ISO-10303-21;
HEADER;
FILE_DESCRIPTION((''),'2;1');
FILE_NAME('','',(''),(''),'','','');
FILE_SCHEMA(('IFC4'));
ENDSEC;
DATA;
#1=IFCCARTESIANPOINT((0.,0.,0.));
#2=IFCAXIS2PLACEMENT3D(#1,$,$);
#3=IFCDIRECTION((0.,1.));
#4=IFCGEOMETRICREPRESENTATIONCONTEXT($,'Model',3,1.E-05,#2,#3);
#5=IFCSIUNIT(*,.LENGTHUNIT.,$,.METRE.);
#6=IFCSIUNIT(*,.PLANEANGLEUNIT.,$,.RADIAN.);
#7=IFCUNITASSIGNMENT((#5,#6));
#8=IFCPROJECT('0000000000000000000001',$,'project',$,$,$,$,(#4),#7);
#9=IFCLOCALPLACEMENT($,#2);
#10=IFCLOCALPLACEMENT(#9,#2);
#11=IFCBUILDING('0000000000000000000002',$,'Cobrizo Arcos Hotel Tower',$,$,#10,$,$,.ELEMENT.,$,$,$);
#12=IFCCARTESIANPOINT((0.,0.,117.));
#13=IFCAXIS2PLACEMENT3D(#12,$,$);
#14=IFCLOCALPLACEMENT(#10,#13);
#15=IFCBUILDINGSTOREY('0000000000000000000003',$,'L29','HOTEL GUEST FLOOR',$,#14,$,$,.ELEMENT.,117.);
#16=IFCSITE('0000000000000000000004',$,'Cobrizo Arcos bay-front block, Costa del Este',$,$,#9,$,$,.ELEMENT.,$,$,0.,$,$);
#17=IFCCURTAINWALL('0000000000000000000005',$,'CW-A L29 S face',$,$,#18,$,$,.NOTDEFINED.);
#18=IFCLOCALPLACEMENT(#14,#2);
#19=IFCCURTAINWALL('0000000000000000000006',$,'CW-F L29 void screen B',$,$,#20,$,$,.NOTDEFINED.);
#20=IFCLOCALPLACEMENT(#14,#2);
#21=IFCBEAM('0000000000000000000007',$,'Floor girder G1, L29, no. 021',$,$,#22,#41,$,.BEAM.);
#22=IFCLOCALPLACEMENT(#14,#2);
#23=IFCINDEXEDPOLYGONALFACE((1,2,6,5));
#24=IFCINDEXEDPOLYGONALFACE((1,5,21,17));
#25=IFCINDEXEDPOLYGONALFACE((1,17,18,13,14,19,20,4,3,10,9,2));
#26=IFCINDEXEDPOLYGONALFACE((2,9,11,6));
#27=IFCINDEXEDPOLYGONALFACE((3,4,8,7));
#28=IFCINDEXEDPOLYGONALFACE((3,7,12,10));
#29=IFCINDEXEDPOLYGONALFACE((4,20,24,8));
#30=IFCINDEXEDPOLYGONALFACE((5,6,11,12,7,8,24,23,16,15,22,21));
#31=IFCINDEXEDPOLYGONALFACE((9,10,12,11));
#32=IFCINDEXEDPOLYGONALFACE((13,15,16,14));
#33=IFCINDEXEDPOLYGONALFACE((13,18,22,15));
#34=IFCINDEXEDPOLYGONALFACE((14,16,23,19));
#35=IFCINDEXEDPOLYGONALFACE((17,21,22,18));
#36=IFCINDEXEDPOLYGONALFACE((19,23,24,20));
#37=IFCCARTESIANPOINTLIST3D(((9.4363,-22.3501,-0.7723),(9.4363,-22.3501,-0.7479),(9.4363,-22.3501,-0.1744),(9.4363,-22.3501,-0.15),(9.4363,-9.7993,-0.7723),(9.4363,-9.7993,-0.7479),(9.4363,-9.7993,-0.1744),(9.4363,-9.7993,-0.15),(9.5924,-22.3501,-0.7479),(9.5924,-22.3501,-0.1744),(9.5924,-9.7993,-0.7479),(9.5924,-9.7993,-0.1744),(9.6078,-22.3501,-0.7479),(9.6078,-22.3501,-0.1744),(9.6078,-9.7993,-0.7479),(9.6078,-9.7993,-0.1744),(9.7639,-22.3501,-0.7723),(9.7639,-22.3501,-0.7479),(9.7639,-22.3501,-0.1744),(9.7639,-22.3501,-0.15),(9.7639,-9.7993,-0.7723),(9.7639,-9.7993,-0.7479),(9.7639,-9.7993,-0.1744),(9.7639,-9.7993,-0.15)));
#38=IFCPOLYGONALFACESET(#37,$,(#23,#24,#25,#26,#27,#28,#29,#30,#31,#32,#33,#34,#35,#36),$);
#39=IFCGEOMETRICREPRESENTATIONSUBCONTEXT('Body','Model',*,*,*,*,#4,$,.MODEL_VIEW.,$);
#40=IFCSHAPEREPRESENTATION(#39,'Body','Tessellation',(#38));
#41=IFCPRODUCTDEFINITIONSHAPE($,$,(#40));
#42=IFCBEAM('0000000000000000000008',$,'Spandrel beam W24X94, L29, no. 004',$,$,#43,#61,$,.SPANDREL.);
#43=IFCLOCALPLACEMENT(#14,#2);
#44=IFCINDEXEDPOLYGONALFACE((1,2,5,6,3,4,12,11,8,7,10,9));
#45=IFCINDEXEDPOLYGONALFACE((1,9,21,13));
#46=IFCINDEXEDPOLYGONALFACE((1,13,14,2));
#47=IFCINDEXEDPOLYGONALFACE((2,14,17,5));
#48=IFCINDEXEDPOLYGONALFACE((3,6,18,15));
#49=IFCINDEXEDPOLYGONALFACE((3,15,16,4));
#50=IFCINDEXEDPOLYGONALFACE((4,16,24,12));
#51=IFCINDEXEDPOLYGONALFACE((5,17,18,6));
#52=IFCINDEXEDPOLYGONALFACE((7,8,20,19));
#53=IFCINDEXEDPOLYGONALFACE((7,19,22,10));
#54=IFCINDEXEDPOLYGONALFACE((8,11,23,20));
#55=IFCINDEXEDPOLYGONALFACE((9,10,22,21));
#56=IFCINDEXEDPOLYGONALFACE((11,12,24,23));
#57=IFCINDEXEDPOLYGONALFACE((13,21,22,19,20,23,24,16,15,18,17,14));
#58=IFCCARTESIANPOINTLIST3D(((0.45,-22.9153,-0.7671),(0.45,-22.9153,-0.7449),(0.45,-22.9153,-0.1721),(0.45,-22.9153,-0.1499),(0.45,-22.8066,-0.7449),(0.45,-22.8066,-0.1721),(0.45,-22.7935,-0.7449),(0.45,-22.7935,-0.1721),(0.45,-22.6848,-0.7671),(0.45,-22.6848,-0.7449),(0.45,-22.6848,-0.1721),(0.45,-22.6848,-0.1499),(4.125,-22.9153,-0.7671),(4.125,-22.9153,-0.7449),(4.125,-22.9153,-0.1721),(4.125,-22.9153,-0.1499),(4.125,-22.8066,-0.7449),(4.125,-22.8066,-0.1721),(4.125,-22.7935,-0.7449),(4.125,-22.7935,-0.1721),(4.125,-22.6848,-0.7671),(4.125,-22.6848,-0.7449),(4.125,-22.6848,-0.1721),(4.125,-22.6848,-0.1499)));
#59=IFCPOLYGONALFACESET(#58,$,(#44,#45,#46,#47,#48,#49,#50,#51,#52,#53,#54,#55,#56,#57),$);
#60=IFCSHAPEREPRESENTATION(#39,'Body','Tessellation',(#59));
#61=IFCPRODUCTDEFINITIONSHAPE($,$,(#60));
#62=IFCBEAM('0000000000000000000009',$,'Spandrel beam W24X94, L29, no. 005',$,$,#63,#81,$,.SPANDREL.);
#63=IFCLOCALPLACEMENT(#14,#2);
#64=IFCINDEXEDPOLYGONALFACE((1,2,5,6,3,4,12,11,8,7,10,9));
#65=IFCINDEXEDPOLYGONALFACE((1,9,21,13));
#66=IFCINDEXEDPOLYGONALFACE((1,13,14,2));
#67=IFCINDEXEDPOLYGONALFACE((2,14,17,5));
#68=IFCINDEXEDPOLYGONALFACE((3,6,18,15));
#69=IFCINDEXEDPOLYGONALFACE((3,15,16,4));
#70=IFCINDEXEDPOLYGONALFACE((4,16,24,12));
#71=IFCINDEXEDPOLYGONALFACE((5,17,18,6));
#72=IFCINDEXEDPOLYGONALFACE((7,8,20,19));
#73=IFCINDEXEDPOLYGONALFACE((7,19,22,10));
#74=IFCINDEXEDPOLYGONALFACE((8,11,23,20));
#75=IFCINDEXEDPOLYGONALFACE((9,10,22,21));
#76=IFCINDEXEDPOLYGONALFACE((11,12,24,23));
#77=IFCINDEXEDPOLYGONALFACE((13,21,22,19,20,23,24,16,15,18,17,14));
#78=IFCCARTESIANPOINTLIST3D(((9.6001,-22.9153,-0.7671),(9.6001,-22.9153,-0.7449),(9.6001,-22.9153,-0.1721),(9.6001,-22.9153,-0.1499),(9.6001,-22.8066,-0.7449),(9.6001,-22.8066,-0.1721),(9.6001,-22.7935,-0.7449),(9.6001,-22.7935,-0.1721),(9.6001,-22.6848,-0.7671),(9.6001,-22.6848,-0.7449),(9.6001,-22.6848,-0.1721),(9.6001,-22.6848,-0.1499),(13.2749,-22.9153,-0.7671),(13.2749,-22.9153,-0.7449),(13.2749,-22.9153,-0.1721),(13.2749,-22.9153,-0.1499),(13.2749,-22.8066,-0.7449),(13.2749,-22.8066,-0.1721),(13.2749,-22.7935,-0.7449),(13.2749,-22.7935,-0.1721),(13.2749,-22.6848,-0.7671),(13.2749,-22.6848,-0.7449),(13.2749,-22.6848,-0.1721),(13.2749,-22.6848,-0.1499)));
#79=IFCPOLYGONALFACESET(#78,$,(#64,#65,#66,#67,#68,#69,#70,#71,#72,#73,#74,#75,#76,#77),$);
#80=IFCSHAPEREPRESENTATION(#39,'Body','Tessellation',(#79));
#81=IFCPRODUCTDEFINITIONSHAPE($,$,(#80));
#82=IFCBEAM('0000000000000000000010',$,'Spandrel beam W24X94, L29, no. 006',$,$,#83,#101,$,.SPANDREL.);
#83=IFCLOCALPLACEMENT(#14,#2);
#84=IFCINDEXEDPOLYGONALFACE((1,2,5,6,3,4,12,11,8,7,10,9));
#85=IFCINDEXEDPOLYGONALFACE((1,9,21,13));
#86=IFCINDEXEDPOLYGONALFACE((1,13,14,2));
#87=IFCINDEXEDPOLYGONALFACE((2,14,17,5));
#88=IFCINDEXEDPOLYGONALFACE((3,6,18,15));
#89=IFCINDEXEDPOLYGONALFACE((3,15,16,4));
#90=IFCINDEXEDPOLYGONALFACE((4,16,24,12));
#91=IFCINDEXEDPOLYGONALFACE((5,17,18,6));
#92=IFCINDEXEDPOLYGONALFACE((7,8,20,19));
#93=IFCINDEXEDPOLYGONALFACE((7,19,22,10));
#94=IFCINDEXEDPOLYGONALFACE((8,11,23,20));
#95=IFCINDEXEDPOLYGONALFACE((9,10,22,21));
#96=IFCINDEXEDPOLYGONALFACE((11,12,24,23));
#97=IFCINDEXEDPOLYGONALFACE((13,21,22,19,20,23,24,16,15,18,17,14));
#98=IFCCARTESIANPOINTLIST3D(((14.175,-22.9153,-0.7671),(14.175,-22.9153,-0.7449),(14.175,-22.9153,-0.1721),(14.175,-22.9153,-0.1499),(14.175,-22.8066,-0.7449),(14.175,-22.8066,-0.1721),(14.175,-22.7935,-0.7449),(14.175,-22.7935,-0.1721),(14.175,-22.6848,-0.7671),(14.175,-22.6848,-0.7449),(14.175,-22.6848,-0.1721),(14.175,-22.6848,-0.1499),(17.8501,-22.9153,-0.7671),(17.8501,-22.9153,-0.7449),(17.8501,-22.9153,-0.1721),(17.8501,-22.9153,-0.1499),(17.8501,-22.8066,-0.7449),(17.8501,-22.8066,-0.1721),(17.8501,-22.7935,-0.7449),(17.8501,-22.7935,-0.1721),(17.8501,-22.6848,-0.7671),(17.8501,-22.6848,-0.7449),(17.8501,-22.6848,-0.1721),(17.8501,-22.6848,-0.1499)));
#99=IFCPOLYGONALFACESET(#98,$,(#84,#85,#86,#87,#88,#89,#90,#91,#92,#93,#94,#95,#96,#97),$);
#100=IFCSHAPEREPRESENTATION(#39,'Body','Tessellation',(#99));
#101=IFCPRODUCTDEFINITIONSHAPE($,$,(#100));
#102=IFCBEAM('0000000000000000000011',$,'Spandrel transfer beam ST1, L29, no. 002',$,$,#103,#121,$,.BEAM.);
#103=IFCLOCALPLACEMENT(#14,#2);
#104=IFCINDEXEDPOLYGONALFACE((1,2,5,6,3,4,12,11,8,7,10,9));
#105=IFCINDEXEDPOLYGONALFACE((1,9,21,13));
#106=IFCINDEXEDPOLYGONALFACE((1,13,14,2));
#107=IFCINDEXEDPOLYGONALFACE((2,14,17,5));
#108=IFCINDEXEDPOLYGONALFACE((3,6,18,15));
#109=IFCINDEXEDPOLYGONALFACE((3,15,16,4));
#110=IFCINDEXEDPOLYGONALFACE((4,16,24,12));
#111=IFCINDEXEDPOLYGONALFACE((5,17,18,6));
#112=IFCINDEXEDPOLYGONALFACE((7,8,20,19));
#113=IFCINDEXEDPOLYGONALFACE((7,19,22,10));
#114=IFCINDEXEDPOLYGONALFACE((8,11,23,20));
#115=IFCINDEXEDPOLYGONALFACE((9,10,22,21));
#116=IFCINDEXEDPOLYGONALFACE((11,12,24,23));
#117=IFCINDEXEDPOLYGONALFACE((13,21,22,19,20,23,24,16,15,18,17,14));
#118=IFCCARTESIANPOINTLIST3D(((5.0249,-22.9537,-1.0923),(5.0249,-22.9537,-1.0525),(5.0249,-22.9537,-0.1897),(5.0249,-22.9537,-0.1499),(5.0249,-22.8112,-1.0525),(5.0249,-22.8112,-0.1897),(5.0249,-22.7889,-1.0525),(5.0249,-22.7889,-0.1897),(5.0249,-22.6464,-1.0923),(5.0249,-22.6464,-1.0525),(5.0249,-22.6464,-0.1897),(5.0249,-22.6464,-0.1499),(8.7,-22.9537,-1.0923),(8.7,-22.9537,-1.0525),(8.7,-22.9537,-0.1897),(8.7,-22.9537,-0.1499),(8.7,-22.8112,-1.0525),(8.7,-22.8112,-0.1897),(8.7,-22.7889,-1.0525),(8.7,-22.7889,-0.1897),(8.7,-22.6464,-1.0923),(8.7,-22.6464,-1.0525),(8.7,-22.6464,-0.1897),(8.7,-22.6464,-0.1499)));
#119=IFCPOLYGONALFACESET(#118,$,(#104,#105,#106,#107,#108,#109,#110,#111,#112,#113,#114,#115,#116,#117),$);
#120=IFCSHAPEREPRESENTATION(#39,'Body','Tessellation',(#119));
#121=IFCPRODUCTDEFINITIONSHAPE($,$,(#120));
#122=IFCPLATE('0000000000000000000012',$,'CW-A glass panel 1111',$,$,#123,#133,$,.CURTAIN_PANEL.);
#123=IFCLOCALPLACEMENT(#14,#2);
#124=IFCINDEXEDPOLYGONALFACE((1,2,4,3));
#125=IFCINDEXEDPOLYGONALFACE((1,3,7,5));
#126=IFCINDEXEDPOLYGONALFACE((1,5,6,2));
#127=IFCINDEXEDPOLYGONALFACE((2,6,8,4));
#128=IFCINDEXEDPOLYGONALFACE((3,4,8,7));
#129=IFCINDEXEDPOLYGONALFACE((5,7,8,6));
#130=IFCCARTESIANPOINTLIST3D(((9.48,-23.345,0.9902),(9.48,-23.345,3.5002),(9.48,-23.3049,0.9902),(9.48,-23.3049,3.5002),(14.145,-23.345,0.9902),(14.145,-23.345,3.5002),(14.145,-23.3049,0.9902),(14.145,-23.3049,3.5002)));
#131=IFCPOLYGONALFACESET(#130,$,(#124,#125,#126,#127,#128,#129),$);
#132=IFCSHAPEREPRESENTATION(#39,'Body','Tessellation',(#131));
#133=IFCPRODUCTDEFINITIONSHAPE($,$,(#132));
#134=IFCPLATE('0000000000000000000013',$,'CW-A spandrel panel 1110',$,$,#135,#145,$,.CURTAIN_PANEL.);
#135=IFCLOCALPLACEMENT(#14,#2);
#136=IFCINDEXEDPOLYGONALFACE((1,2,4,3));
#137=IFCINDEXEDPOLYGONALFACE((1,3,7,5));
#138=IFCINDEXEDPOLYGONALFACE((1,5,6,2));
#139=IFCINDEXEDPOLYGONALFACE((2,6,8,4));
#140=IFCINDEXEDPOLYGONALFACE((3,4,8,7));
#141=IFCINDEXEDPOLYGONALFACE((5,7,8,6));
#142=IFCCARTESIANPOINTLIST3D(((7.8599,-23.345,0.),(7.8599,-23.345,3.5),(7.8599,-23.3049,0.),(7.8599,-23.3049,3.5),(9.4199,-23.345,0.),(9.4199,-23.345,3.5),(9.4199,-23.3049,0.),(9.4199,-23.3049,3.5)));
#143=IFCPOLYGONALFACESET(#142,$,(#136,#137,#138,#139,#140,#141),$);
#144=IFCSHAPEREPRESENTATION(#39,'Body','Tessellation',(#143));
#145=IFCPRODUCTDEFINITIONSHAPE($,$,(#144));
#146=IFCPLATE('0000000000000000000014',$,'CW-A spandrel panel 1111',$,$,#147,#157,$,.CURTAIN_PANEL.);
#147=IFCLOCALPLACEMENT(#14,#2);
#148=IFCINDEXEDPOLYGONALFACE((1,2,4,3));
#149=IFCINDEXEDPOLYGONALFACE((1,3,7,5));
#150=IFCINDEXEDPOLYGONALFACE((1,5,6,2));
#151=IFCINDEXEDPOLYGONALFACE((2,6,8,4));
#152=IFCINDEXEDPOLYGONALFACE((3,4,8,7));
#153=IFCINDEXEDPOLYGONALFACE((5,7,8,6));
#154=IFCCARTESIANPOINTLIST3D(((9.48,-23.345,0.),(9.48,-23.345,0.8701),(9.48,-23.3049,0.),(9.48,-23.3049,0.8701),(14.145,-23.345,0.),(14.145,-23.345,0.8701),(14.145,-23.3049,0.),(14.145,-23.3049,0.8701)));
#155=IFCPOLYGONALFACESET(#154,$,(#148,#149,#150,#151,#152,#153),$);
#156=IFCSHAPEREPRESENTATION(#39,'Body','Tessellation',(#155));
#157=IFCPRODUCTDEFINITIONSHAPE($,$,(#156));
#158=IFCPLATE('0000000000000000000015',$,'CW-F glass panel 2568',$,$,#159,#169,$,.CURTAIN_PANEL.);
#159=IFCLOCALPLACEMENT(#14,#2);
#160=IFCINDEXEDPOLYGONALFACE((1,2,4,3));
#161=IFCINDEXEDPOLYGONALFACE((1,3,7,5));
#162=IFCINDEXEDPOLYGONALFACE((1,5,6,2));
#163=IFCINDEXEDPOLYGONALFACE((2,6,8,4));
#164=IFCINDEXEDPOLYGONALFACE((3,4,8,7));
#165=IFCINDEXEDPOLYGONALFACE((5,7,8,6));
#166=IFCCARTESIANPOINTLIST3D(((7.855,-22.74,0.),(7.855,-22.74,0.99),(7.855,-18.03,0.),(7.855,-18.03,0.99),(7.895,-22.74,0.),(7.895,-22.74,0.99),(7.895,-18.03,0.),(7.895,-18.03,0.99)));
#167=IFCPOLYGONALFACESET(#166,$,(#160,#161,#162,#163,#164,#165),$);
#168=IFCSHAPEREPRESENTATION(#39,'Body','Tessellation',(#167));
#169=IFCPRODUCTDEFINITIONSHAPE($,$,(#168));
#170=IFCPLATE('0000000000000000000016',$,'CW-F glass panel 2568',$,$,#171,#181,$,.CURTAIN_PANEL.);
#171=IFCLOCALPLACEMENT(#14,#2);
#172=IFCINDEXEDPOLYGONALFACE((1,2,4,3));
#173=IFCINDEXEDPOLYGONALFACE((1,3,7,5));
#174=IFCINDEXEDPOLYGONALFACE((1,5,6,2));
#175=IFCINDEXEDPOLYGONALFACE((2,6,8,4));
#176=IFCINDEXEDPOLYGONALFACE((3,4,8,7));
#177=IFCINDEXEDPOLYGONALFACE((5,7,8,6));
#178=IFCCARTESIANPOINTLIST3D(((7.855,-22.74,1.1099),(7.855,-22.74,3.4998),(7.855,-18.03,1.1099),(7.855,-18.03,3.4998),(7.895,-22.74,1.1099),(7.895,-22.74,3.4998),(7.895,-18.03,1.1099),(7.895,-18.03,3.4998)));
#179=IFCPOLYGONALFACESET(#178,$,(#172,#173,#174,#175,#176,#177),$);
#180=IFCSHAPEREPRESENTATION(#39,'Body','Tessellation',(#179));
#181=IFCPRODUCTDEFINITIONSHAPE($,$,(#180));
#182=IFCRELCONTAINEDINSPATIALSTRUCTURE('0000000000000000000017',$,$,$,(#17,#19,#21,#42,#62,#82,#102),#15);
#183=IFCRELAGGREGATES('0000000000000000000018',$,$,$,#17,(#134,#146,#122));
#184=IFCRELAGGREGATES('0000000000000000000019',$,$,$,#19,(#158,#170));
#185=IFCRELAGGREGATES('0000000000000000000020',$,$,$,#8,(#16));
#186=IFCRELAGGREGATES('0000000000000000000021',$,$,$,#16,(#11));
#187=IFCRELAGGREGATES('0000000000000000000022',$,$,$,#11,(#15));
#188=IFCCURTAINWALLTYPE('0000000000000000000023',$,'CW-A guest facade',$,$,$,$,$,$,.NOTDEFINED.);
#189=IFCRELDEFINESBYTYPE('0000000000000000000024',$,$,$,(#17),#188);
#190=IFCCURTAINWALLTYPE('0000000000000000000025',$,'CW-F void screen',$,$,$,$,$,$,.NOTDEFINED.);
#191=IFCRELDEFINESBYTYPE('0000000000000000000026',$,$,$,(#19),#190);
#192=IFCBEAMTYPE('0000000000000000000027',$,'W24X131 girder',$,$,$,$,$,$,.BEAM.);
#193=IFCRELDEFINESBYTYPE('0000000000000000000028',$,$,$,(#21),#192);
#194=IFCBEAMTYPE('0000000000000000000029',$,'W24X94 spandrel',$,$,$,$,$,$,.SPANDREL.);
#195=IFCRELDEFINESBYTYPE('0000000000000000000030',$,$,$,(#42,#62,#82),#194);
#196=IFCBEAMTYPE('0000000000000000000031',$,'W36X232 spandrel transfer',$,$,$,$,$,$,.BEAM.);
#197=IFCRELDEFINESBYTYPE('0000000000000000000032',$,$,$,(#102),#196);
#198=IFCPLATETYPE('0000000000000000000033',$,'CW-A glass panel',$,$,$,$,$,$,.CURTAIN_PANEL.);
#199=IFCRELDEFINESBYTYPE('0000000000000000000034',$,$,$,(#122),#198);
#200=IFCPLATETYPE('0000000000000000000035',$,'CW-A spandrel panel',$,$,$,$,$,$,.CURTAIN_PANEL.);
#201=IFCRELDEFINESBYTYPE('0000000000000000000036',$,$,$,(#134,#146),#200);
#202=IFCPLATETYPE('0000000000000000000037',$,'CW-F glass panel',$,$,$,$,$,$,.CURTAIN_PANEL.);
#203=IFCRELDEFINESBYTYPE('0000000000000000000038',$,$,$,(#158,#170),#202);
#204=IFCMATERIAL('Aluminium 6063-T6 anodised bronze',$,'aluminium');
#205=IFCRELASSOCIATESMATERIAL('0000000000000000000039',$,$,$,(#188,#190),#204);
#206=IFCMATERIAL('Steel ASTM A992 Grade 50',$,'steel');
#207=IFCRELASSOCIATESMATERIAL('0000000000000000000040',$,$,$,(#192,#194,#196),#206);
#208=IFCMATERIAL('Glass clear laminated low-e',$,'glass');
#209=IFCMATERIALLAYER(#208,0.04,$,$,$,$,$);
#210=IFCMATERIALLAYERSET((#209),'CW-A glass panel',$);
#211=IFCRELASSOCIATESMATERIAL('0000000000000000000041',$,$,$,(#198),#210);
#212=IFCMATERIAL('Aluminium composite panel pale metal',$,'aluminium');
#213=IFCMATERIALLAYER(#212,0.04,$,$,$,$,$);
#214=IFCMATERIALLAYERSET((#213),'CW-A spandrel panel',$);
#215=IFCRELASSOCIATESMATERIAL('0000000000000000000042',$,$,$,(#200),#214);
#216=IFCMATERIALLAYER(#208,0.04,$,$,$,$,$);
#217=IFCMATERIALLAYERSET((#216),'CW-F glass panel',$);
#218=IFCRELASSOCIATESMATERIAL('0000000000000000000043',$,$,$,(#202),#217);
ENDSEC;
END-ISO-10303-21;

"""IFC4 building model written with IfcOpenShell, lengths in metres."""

from ifc_helpers import new_model, si_unit, direction, frame, origin, origin_2d, place, context, subcontext, project, spatial, rectangle, i_section, extrude, material, layer, layer_set, material_profile, profile_set, type_object, element, aggregate, save


model = new_model("IFC4")

# Units and contexts
model_context = context("Model", 3, precision=1e-05, world=origin(), true_north=direction((0.0, 1.0)))
body_context = subcontext(model_context, "Body", "Model", "MODEL_VIEW")
ifc_project = project(units=[si_unit("LENGTHUNIT", "METRE"), si_unit("PLANEANGLEUNIT", "RADIAN")], contexts=[model_context])

# Site, building, storey
site_placement = place(None, origin())
site = spatial("IfcSite", under=ifc_project, at=site_placement, Name="Cobrizo Arcos bay-front block, Costa del Este", CompositionType="ELEMENT", RefElevation=0.0)
building_placement = place(site_placement, origin())
building = spatial("IfcBuilding", under=site, at=building_placement, Name="Cobrizo Arcos Hotel Tower", CompositionType="ELEMENT")
storey_placement = place(building_placement, frame((0.0, 0.0, 117.0)))
storey = spatial("IfcBuildingStorey", under=building, at=storey_placement, Name="L29", Description="HOTEL GUEST FLOOR", CompositionType="ELEMENT", Elevation=117.0)

# Curtain walls
ifc_material_1 = material(Name="Aluminium 6063-T6 anodised bronze", Category="aluminium")
curtain_wall_type_1 = type_object("IfcCurtainWallType", Name="CW-A guest facade", PredefinedType="NOTDEFINED", material=ifc_material_1)
curtain_wall_1_placement = place(storey_placement, origin())
curtain_wall_1 = element("IfcCurtainWall", 1, at=curtain_wall_1_placement, inside=storey, type_object=curtain_wall_type_1, Name="CW-A L29 S face", PredefinedType="NOTDEFINED")
curtain_wall_type_2 = type_object("IfcCurtainWallType", Name="CW-F void screen", PredefinedType="NOTDEFINED", material=ifc_material_1)
curtain_wall_2_placement = place(storey_placement, origin())
curtain_wall_2 = element("IfcCurtainWall", 2, at=curtain_wall_2_placement, inside=storey, type_object=curtain_wall_type_2, Name="CW-F L29 void screen B", PredefinedType="NOTDEFINED")

# Beams
ifc_material_2 = material(Name="Steel ASTM A992 Grade 50", Category="steel")
ifc_material_profile_1 = material_profile(ifc_material_2, i_section(OverallWidth=0.3276, OverallDepth=0.6223, WebThickness=0.0154, FlangeThickness=0.0244, at=origin_2d()), Name="W24X131")
ifc_profile_set_1 = profile_set([ifc_material_profile_1], Name="Steel ASTM A992 Grade 50")
beam_type_1 = type_object("IfcBeamType", Name="W24X131 girder", PredefinedType="BEAM", material=ifc_profile_set_1)
beam_1_placement = place(storey_placement, frame((9.6001, -22.3501, -0.4612), z_axis=(0.0, 1.0, 0.0), x_axis=(-1.0, 0.0, 0.0)))
element("IfcBeam", 3, at=beam_1_placement, inside=storey, type_object=beam_type_1, Name="Floor girder G1, L29, no. 021", PredefinedType="BEAM", context=body_context, shape_type="SweptSolid", body=[
    extrude(i_section(OverallWidth=0.3276, OverallDepth=0.6223, WebThickness=0.0154, FlangeThickness=0.0244, at=origin_2d()), origin(), (0.0, 0.0, 1.0), 12.5508),
])
ifc_material_profile_2 = material_profile(ifc_material_2, i_section(OverallWidth=0.2305, OverallDepth=0.6172, WebThickness=0.0132, FlangeThickness=0.0222, at=origin_2d()), Name="W24X94")
ifc_profile_set_2 = profile_set([ifc_material_profile_2], Name="Steel ASTM A992 Grade 50")
beam_type_2 = type_object("IfcBeamType", Name="W24X94 spandrel", PredefinedType="SPANDREL", material=ifc_profile_set_2)
beam_2_placement = place(storey_placement, frame((0.45, -22.8, -0.4585), z_axis=(1.0, 0.0, 0.0), x_axis=(0.0, 1.0, 0.0)))
element("IfcBeam", 4, at=beam_2_placement, inside=storey, type_object=beam_type_2, Name="Spandrel beam W24X94, L29, no. 004", PredefinedType="SPANDREL", context=body_context, shape_type="SweptSolid", body=[
    extrude(i_section(OverallWidth=0.2305, OverallDepth=0.6172, WebThickness=0.0132, FlangeThickness=0.0222, at=origin_2d()), origin(), (0.0, 0.0, 1.0), 3.675),
])
beam_3_placement = place(storey_placement, frame((9.6001, -22.8, -0.4585), z_axis=(1.0, 0.0, 0.0), x_axis=(0.0, 1.0, 0.0)))
element("IfcBeam", 5, at=beam_3_placement, inside=storey, type_object=beam_type_2, Name="Spandrel beam W24X94, L29, no. 005", PredefinedType="SPANDREL", context=body_context, shape_type="SweptSolid", body=[
    extrude(i_section(OverallWidth=0.2305, OverallDepth=0.6172, WebThickness=0.0132, FlangeThickness=0.0222, at=origin_2d()), origin(), (0.0, 0.0, 1.0), 3.6748),
])
beam_4_placement = place(storey_placement, frame((14.175, -22.8, -0.4585), z_axis=(1.0, 0.0, 0.0), x_axis=(0.0, 1.0, 0.0)))
element("IfcBeam", 6, at=beam_4_placement, inside=storey, type_object=beam_type_2, Name="Spandrel beam W24X94, L29, no. 006", PredefinedType="SPANDREL", context=body_context, shape_type="SweptSolid", body=[
    extrude(i_section(OverallWidth=0.2305, OverallDepth=0.6172, WebThickness=0.0132, FlangeThickness=0.0222, at=origin_2d()), origin(), (0.0, 0.0, 1.0), 3.675),
])
ifc_material_profile_3 = material_profile(ifc_material_2, i_section(OverallWidth=0.3074, OverallDepth=0.9424, WebThickness=0.0222, FlangeThickness=0.0398, at=origin_2d()), Name="W36X232")
ifc_profile_set_3 = profile_set([ifc_material_profile_3], Name="Steel ASTM A992 Grade 50")
beam_type_3 = type_object("IfcBeamType", Name="W36X232 spandrel transfer", PredefinedType="BEAM", material=ifc_profile_set_3)
beam_5_placement = place(storey_placement, frame((5.0249, -22.8, -0.6211), z_axis=(1.0, 0.0, 0.0), x_axis=(0.0, 1.0, 0.0)))
element("IfcBeam", 7, at=beam_5_placement, inside=storey, type_object=beam_type_3, Name="Spandrel transfer beam ST1, L29, no. 002", PredefinedType="BEAM", context=body_context, shape_type="SweptSolid", body=[
    extrude(i_section(OverallWidth=0.3074, OverallDepth=0.9424, WebThickness=0.0222, FlangeThickness=0.0398, at=origin_2d()), origin(), (0.0, 0.0, 1.0), 3.675),
])

# Plates
ifc_material_3 = material(Name="Glass clear laminated low-e", Category="glass")
ifc_layer_1 = layer(ifc_material_3, 0.04)
ifc_layer_set_1 = layer_set([ifc_layer_1], Name="CW-A glass panel")
plate_type_1 = type_object("IfcPlateType", Name="CW-A glass panel", PredefinedType="CURTAIN_PANEL", material=ifc_layer_set_1)
plate_1_placement = place(storey_placement, frame((11.8125, -23.325, 0.9902), z_axis=(0.0, 0.0, 1.0), x_axis=(1.0, 0.0, 0.0)))
plate_1 = element("IfcPlate", 8, at=plate_1_placement, type_object=plate_type_1, Name="CW-A glass panel 1111", PredefinedType="CURTAIN_PANEL", context=body_context, shape_type="SweptSolid", body=[
    extrude(rectangle(XDim=4.665, YDim=0.04, at=origin_2d()), origin(), (0.0, 0.0, 1.0), 2.51),
])
ifc_material_4 = material(Name="Aluminium composite panel pale metal", Category="aluminium")
ifc_layer_2 = layer(ifc_material_4, 0.04)
ifc_layer_set_2 = layer_set([ifc_layer_2], Name="CW-A spandrel panel")
plate_type_2 = type_object("IfcPlateType", Name="CW-A spandrel panel", PredefinedType="CURTAIN_PANEL", material=ifc_layer_set_2)
plate_2_placement = place(storey_placement, frame((8.6399, -23.325, 0.0), z_axis=(0.0, 0.0, 1.0), x_axis=(1.0, 0.0, 0.0)))
plate_2 = element("IfcPlate", 9, at=plate_2_placement, type_object=plate_type_2, Name="CW-A spandrel panel 1110", PredefinedType="CURTAIN_PANEL", context=body_context, shape_type="SweptSolid", body=[
    extrude(rectangle(XDim=1.5601, YDim=0.04, at=origin_2d()), origin(), (0.0, 0.0, 1.0), 3.5),
])
plate_3_placement = place(storey_placement, frame((11.8125, -23.325, 0.0), z_axis=(0.0, 0.0, 1.0), x_axis=(1.0, 0.0, 0.0)))
plate_3 = element("IfcPlate", 10, at=plate_3_placement, type_object=plate_type_2, Name="CW-A spandrel panel 1111", PredefinedType="CURTAIN_PANEL", context=body_context, shape_type="SweptSolid", body=[
    extrude(rectangle(XDim=4.665, YDim=0.04, at=origin_2d()), origin(), (0.0, 0.0, 1.0), 0.8701),
])
aggregate(curtain_wall_1, [plate_2, plate_3, plate_1])
ifc_layer_3 = layer(ifc_material_3, 0.04)
ifc_layer_set_3 = layer_set([ifc_layer_3], Name="CW-F glass panel")
plate_type_3 = type_object("IfcPlateType", Name="CW-F glass panel", PredefinedType="CURTAIN_PANEL", material=ifc_layer_set_3)
plate_4_placement = place(storey_placement, frame((7.875, -20.385, 0.0), z_axis=(0.0, 0.0, 1.0), x_axis=(0.0, 1.0, 0.0)))
plate_4 = element("IfcPlate", 11, at=plate_4_placement, type_object=plate_type_3, Name="CW-F glass panel 2568", PredefinedType="CURTAIN_PANEL", context=body_context, shape_type="SweptSolid", body=[
    extrude(rectangle(XDim=4.71, YDim=0.04, at=origin_2d()), origin(), (0.0, 0.0, 1.0), 0.99),
])
plate_5_placement = place(storey_placement, frame((7.875, -20.385, 1.1099), z_axis=(0.0, 0.0, 1.0), x_axis=(0.0, 1.0, 0.0)))
plate_5 = element("IfcPlate", 12, at=plate_5_placement, type_object=plate_type_3, Name="CW-F glass panel 2568", PredefinedType="CURTAIN_PANEL", context=body_context, shape_type="SweptSolid", body=[
    extrude(rectangle(XDim=4.71, YDim=0.04, at=origin_2d()), origin(), (0.0, 0.0, 1.0), 2.3899),
])
aggregate(curtain_wall_2, [plate_4, plate_5])

save(model, "model.ifc")
